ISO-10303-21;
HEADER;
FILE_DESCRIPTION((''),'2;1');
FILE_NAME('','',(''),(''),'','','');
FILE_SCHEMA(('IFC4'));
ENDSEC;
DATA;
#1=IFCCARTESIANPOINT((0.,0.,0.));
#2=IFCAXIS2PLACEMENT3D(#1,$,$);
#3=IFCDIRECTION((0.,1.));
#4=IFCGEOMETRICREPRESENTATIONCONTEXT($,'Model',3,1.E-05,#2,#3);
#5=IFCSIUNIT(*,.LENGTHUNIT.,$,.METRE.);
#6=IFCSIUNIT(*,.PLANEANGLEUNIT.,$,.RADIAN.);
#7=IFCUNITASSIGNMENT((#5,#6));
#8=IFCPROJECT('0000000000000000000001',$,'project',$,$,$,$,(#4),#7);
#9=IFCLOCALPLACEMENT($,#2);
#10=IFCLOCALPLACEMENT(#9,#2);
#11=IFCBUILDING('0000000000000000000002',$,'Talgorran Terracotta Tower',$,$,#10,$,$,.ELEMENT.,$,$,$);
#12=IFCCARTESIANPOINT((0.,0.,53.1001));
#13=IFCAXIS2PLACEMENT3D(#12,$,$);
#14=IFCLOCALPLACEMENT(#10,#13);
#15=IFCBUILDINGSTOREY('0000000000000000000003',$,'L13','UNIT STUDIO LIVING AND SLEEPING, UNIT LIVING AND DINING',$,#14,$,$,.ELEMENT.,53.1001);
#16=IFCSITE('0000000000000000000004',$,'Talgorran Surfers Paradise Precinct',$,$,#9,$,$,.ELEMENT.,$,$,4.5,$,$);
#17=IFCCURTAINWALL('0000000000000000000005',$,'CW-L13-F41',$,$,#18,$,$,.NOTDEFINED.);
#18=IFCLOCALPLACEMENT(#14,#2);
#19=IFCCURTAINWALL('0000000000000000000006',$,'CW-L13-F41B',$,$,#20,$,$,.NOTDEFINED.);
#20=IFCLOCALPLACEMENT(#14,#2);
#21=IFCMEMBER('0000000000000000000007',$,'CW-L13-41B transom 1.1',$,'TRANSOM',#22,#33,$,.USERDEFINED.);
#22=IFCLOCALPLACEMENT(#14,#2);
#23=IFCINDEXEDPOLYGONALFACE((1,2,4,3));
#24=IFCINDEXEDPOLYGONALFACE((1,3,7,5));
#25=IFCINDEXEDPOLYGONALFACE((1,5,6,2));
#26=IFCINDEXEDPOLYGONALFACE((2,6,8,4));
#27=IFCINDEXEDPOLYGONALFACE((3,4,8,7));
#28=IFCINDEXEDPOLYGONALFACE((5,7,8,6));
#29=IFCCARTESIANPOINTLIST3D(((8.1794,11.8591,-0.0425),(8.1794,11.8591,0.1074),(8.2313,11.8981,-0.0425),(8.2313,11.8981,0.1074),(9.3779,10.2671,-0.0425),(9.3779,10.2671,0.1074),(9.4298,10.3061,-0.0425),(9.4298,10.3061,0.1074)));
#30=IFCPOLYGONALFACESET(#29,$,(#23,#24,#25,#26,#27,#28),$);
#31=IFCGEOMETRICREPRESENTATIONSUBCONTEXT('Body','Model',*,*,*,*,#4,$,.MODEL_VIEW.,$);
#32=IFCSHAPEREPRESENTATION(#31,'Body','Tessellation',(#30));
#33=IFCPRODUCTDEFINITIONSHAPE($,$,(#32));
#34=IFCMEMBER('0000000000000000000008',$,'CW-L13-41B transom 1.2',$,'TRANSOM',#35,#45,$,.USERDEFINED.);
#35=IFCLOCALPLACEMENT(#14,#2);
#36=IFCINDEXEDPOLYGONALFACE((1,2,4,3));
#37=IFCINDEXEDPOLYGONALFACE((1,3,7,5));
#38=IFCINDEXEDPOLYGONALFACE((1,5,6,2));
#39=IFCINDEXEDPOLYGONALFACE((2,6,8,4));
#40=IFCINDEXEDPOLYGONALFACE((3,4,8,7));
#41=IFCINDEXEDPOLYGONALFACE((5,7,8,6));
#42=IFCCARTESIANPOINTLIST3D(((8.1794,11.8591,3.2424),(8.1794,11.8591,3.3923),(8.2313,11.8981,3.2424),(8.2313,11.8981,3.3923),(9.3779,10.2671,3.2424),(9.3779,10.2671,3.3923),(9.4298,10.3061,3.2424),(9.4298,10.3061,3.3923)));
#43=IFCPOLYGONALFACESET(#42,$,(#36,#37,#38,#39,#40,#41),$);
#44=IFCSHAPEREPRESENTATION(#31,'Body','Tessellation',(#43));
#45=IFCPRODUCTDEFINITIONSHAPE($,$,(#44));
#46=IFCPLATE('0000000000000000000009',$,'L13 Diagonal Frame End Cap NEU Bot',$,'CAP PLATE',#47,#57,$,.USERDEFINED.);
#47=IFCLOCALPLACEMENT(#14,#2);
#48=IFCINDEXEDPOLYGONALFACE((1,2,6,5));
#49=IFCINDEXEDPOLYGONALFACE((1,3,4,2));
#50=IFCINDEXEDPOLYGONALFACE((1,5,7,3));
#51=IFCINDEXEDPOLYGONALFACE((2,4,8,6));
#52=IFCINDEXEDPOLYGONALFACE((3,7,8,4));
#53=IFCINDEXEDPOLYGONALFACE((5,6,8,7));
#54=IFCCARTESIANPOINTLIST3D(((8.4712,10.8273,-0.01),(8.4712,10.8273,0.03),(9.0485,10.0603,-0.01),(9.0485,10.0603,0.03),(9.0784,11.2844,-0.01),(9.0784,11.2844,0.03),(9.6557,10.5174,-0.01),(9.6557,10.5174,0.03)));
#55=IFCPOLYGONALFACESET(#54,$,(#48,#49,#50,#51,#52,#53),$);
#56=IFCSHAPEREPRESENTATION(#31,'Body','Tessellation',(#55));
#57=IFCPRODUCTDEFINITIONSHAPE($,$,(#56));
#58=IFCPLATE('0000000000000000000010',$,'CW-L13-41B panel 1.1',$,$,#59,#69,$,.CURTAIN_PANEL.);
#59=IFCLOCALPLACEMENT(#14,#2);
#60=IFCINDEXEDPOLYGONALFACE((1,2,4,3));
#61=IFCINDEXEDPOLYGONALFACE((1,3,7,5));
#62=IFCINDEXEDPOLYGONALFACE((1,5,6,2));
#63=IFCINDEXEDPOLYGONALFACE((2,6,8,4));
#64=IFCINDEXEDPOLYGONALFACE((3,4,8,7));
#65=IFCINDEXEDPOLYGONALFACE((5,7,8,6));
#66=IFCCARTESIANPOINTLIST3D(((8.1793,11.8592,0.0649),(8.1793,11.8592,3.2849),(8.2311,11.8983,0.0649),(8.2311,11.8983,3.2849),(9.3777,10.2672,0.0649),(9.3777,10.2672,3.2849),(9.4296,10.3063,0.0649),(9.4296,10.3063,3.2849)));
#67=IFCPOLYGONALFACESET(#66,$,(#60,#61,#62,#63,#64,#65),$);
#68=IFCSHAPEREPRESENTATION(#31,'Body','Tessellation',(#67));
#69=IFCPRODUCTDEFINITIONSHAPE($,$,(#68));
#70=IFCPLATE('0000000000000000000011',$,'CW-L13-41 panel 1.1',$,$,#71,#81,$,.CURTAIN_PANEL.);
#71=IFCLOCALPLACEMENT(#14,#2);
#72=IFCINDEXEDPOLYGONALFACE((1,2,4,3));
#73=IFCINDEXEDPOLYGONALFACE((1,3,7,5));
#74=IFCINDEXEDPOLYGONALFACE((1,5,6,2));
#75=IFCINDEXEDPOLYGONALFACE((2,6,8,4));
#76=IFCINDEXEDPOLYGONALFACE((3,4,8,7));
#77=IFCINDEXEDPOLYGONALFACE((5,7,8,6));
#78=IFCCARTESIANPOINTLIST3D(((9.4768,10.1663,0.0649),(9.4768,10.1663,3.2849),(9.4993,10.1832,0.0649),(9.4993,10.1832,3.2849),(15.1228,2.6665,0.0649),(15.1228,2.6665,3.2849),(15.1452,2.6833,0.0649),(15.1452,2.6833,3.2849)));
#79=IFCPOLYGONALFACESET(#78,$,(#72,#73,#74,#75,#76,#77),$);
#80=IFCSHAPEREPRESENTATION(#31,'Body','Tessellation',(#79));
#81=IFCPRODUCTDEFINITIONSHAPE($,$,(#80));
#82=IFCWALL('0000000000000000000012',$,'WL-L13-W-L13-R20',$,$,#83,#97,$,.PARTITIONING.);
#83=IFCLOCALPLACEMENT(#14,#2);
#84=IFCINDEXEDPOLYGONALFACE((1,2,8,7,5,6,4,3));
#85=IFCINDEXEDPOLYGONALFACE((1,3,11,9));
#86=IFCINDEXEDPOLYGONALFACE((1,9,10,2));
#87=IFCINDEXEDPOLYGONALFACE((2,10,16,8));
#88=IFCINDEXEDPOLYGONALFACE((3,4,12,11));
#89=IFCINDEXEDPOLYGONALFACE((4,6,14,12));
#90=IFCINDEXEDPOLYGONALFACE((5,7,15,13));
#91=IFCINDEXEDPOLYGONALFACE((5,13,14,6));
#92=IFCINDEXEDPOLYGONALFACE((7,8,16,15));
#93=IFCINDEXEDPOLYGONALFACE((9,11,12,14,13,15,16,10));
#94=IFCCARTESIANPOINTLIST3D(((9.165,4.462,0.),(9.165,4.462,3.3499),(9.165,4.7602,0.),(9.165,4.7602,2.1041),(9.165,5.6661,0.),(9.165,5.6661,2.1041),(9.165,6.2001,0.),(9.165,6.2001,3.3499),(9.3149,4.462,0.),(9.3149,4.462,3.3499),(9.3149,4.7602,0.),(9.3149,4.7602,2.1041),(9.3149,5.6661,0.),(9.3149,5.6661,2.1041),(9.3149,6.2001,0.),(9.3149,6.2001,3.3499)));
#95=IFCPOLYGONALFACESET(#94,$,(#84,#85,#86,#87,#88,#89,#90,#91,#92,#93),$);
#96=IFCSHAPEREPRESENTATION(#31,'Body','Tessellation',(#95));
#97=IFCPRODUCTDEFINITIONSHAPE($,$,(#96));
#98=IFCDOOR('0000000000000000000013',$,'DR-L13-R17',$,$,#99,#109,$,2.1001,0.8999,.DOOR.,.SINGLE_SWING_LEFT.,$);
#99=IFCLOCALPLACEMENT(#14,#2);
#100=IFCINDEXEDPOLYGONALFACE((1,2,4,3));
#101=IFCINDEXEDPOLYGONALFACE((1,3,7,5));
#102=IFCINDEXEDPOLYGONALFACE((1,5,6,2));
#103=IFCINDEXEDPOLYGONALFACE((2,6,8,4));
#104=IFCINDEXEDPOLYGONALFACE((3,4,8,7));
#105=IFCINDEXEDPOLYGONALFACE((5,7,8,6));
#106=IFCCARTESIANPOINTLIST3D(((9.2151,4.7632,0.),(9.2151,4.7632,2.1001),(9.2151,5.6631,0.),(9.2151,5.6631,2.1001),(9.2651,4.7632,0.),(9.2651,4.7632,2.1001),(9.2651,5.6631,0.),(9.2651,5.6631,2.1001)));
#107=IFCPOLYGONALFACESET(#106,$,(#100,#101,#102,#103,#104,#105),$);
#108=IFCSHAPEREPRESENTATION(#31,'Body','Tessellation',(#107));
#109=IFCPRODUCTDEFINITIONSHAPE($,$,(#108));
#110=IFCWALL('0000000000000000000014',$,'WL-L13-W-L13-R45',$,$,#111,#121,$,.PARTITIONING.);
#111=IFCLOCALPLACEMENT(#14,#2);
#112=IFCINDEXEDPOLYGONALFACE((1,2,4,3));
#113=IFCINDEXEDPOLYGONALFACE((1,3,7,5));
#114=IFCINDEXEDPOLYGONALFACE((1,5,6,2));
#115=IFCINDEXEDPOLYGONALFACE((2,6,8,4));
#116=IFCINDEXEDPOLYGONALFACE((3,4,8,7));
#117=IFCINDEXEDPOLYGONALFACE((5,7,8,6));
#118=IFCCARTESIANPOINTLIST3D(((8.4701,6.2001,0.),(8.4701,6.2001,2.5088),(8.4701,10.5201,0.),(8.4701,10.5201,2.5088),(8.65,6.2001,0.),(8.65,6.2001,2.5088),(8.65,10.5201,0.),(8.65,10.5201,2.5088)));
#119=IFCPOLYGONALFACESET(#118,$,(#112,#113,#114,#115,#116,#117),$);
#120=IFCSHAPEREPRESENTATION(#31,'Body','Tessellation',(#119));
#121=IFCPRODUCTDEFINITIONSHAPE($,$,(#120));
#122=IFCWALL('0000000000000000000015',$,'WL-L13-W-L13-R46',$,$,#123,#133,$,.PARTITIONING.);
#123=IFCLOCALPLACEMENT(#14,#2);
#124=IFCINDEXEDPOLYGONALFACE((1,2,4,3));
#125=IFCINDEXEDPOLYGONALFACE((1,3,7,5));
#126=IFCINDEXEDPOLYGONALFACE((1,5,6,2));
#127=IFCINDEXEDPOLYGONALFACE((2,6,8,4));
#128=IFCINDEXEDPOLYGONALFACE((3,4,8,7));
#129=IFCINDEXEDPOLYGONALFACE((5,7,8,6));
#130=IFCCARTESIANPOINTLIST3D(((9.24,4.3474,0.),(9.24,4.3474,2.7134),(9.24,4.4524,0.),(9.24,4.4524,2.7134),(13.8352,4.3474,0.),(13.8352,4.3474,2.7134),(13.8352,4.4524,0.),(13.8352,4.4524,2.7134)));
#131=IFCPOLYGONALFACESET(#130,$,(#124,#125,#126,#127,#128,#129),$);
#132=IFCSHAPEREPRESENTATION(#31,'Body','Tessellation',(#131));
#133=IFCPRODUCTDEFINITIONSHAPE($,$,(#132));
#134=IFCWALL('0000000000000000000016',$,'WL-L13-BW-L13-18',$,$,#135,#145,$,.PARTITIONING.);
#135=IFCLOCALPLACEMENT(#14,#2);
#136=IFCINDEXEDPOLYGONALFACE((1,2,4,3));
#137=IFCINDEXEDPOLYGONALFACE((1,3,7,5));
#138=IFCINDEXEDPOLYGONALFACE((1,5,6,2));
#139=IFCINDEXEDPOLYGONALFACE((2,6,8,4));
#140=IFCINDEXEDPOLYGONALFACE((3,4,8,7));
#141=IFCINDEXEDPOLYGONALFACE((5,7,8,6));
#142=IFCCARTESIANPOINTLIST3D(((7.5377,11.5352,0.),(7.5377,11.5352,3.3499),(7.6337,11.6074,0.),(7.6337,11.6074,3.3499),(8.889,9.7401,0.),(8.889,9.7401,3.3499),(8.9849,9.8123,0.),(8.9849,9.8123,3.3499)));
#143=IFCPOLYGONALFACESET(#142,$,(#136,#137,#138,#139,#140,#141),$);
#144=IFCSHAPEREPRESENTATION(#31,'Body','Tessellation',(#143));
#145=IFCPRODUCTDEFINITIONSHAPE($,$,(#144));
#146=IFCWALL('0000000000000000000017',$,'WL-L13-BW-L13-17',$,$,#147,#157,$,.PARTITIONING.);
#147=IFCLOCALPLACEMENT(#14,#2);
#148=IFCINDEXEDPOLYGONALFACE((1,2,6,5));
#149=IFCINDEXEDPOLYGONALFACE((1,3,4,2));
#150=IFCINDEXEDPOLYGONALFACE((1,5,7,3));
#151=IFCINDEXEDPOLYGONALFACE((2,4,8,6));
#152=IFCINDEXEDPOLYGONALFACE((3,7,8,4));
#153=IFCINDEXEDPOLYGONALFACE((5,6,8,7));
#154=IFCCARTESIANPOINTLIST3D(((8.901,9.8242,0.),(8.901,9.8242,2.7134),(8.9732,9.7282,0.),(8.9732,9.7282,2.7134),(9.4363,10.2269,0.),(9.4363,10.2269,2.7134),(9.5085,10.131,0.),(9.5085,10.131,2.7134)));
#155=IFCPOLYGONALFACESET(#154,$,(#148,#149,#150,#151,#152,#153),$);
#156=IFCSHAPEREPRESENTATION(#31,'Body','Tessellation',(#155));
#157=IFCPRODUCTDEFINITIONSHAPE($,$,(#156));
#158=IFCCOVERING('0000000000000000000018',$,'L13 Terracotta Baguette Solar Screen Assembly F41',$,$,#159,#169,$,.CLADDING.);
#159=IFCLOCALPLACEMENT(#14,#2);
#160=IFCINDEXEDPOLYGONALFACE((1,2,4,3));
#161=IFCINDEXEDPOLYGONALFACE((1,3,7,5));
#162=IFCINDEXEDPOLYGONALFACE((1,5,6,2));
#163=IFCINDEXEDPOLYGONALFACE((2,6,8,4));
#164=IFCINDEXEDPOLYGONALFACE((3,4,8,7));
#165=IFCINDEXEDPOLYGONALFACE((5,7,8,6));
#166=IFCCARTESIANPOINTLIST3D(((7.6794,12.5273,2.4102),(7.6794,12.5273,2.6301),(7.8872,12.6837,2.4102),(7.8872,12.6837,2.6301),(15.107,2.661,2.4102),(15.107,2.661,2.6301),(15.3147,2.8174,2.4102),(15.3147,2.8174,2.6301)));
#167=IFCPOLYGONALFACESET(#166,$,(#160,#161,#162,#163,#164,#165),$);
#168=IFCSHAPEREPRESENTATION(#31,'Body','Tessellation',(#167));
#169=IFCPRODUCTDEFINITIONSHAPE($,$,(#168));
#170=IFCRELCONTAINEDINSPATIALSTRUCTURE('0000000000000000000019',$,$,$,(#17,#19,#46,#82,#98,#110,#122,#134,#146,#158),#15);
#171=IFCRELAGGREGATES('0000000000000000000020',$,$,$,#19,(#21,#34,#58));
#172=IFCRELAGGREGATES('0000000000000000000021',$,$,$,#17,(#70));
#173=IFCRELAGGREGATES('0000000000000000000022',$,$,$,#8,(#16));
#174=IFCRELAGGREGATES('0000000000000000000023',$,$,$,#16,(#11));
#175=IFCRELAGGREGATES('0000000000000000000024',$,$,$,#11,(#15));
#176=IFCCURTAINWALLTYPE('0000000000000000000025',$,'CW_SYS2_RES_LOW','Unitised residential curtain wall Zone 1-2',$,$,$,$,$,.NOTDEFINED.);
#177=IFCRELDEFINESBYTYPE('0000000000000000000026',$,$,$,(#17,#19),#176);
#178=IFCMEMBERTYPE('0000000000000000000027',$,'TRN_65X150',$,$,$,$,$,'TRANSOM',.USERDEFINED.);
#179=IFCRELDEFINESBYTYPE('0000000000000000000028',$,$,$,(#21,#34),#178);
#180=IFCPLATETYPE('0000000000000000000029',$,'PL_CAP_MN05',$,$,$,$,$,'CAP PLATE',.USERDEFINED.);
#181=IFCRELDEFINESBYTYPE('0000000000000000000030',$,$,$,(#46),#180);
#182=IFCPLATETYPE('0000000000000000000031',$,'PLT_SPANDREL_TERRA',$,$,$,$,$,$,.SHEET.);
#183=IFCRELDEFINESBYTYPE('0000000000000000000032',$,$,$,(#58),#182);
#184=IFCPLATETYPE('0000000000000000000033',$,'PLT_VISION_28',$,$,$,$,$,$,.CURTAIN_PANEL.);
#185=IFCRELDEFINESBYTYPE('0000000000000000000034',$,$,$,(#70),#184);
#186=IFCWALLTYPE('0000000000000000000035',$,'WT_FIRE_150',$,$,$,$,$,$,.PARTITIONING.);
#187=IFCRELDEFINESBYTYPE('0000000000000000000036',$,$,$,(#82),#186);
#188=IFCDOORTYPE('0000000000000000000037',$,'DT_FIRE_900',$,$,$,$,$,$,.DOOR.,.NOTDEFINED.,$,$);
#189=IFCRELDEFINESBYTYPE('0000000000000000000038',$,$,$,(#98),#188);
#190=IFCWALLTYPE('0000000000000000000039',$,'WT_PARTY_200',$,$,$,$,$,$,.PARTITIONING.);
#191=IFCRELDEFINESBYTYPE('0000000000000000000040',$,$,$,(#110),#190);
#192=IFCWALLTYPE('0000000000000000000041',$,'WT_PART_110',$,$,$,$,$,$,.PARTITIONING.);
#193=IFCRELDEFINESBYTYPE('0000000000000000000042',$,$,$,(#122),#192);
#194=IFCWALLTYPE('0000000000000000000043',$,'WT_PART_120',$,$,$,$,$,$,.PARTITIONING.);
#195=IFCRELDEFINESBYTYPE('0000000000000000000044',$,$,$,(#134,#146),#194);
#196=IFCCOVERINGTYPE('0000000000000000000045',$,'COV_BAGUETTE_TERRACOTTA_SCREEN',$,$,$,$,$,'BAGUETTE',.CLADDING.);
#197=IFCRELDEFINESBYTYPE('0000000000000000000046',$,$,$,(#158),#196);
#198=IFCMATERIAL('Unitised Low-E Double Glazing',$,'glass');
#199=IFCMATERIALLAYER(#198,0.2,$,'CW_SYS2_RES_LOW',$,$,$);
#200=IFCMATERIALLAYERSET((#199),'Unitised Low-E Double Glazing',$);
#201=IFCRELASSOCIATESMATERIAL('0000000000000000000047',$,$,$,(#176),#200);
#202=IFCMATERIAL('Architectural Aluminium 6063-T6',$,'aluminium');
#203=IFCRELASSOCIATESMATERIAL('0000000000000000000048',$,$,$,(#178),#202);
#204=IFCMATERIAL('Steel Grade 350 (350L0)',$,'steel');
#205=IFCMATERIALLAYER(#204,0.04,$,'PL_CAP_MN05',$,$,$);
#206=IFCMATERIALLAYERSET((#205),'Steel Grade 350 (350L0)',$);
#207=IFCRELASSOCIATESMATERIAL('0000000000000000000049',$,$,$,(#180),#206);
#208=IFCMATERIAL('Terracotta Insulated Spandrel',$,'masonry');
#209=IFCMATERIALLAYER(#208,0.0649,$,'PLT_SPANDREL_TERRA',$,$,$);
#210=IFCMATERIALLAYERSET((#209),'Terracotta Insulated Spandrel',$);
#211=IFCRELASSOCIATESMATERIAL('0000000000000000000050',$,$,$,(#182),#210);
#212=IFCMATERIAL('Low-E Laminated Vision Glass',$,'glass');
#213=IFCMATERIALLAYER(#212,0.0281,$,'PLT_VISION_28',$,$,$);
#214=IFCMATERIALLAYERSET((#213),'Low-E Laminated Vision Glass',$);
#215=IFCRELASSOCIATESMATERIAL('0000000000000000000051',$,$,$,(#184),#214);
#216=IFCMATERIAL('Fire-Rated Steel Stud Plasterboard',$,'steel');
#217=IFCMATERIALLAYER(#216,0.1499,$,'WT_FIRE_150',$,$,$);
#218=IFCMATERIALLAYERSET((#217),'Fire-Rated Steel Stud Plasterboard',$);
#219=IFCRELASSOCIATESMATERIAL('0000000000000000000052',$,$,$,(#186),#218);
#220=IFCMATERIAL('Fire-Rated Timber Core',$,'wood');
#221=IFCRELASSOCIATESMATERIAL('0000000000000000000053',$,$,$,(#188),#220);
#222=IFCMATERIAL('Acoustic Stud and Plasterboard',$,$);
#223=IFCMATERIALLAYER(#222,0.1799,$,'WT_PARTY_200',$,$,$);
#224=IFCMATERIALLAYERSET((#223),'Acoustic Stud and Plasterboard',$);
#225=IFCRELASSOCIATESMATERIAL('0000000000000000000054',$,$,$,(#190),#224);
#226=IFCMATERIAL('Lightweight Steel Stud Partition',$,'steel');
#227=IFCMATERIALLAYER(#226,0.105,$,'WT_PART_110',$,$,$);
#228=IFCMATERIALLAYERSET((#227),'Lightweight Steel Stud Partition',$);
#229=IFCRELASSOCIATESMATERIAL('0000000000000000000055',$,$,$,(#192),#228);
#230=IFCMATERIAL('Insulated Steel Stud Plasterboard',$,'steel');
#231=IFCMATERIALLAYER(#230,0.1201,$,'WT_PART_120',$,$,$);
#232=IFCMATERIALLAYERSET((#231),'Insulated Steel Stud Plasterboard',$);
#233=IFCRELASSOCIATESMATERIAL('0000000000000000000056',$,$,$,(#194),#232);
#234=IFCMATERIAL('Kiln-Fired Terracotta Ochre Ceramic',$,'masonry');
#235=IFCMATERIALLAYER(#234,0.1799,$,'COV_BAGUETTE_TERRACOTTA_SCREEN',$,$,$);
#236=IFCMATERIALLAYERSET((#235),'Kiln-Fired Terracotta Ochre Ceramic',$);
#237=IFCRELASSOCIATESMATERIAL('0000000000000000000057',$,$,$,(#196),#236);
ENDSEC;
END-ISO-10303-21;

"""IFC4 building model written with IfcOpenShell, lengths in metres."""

from ifc_helpers import new_model, si_unit, direction, frame, frame_2d, origin, origin_2d, place, context, subcontext, project, spatial, rectangle, extrude, source, transform, mapped, material, layer, layer_set, material_profile, profile_set, type_object, type_shapes, element, fill, aggregate, save


model = new_model("IFC4")

# Units and contexts
model_context = context("Model", 3, precision=1e-05, world=origin(), true_north=direction((0.0, 1.0)))
body_context = subcontext(model_context, "Body", "Model", "MODEL_VIEW")
ifc_project = project(units=[si_unit("LENGTHUNIT", "METRE"), si_unit("PLANEANGLEUNIT", "RADIAN")], contexts=[model_context])

# Site, building, storey
site_placement = place(None, origin())
site = spatial("IfcSite", under=ifc_project, at=site_placement, Name="Talgorran Surfers Paradise Precinct", CompositionType="ELEMENT", RefElevation=4.5)
building_placement = place(site_placement, origin())
building = spatial("IfcBuilding", under=site, at=building_placement, Name="Talgorran Terracotta Tower", CompositionType="ELEMENT")
storey_placement = place(building_placement, frame((0.0, 0.0, 53.1001)))
storey = spatial("IfcBuildingStorey", under=building, at=storey_placement, Name="L13", Description="UNIT STUDIO LIVING AND SLEEPING, UNIT LIVING AND DINING", CompositionType="ELEMENT", Elevation=53.1001)

# Shared definitions
ifc_material_1 = material(Name="Steel Grade 350 (350L0)", Category="steel")

# Curtain wall
ifc_material_2 = material(Name="Unitised Low-E Double Glazing", Category="glass")
ifc_layer_1 = layer(ifc_material_2, 0.2, Name="CW_SYS2_RES_LOW")
ifc_layer_set_1 = layer_set([ifc_layer_1], Name="Unitised Low-E Double Glazing")
curtain_wall_type = type_object("IfcCurtainWallType", Name="CW_SYS2_RES_LOW", Description="Unitised residential curtain wall Zone 1-2", PredefinedType="NOTDEFINED", material=ifc_layer_set_1)
curtain_wall_1_placement = place(storey_placement, origin())
curtain_wall_1 = element("IfcCurtainWall", 1, at=curtain_wall_1_placement, inside=storey, type_object=curtain_wall_type, Name="CW-L13-F41", PredefinedType="NOTDEFINED")
ifc_material_3 = material(Name="Architectural Aluminium 6063-T6", Category="aluminium")

# Curtain wall
curtain_wall_2_placement = place(storey_placement, origin())
curtain_wall_2 = element("IfcCurtainWall", 2, at=curtain_wall_2_placement, inside=storey, type_object=curtain_wall_type, Name="CW-L13-F41B", PredefinedType="NOTDEFINED")

# Members
ifc_material_profile_1 = material_profile(ifc_material_3, rectangle(XDim=0.0649, YDim=0.1499, at=origin_2d()), Name="CWT65X150")
ifc_profile_set_1 = profile_set([ifc_material_profile_1], Name="Architectural Aluminium 6063-T6")
member_type_1 = type_object("IfcMemberType", Name="TRN_65X150", ElementType="TRANSOM", PredefinedType="USERDEFINED", material=ifc_profile_set_1)
member_1_placement = place(storey_placement, frame((9.4038, 10.2866, 0.0325), z_axis=(-0.60143, 0.798925, 0.0), x_axis=(-0.798925, -0.60143, 0.0)))
member_1 = element("IfcMember", 3, at=member_1_placement, type_object=member_type_1, Name="CW-L13-41B transom 1.1", ObjectType="TRANSOM", PredefinedType="USERDEFINED", context=body_context, shape_type="SweptSolid", body=[
    extrude(rectangle(XDim=0.0649, YDim=0.1499, at=origin_2d()), origin(), (0.0, 0.0, 1.0), 1.9927),
])
member_2_placement = place(storey_placement, frame((9.4038, 10.2866, 3.3174), z_axis=(-0.60143, 0.798925, 0.0), x_axis=(-0.798925, -0.60143, 0.0)))
member_2 = element("IfcMember", 4, at=member_2_placement, type_object=member_type_1, Name="CW-L13-41B transom 1.2", ObjectType="TRANSOM", PredefinedType="USERDEFINED", context=body_context, shape_type="SweptSolid", body=[
    extrude(rectangle(XDim=0.0649, YDim=0.1499, at=origin_2d()), origin(), (0.0, 0.0, 1.0), 1.9927),
])

# Plates
ifc_layer_2 = layer(ifc_material_1, 0.04, Name="PL_CAP_MN05")
ifc_layer_set_2 = layer_set([ifc_layer_2], Name="Steel Grade 350 (350L0)")
plate_type_1 = type_object("IfcPlateType", Name="PL_CAP_MN05", ElementType="CAP PLATE", PredefinedType="USERDEFINED", material=ifc_layer_set_2)
plate_1_placement = place(storey_placement, frame((9.0635, 10.6724, -0.01), z_axis=(0.0, 0.0, 1.0), x_axis=(-0.601397, 0.798951, 0.0)))
element("IfcPlate", 5, at=plate_1_placement, inside=storey, type_object=plate_type_1, Name="L13 Diagonal Frame End Cap NEU Bot", ObjectType="CAP PLATE", PredefinedType="USERDEFINED", context=body_context, shape_type="SweptSolid", body=[
    extrude(rectangle(XDim=0.96, YDim=0.76, at=origin_2d()), origin(), (0.0, 0.0, 1.0), 0.04),
])
ifc_material_4 = material(Name="Terracotta Insulated Spandrel", Category="masonry")
ifc_layer_3 = layer(ifc_material_4, 0.0649, Name="PLT_SPANDREL_TERRA")
ifc_layer_set_3 = layer_set([ifc_layer_3], Name="Terracotta Insulated Spandrel")
plate_type_2 = type_object("IfcPlateType", Name="PLT_SPANDREL_TERRA", PredefinedType="SHEET", material=ifc_layer_set_3)
shared_shape_1 = source(origin(), body_context, "Body", "SweptSolid", [
    extrude(rectangle(XDim=1.9927, YDim=0.0649, at=origin_2d()), origin(), (0.0, 0.0, 1.0), 3.22),
])
type_shapes(plate_type_2, [shared_shape_1])
plate_2_placement = place(storey_placement, frame((8.8044, 11.0828, 0.0649), z_axis=(0.0, 0.0, 1.0), x_axis=(-0.601439, 0.798919, 0.0)))
plate_2 = element("IfcPlate", 6, at=plate_2_placement, type_object=plate_type_2, Name="CW-L13-41B panel 1.1", PredefinedType="CURTAIN_PANEL", context=body_context, shape_type="MappedRepresentation", body=[
    mapped(shared_shape_1, transform((0.0, 0.0, 0.0), scale=1.0)),
])
aggregate(curtain_wall_2, [member_1, member_2, plate_2])
ifc_material_5 = material(Name="Low-E Laminated Vision Glass", Category="glass")
ifc_layer_4 = layer(ifc_material_5, 0.0281, Name="PLT_VISION_28")
ifc_layer_set_4 = layer_set([ifc_layer_4], Name="Low-E Laminated Vision Glass")
plate_type_3 = type_object("IfcPlateType", Name="PLT_VISION_28", PredefinedType="CURTAIN_PANEL", material=ifc_layer_set_4)
shared_shape_2 = source(origin(), body_context, "Body", "SweptSolid", [
    extrude(rectangle(XDim=9.3875, YDim=0.0281, at=origin_2d()), origin(), (0.0, 0.0, 1.0), 3.22),
])
type_shapes(plate_type_3, [shared_shape_2])
plate_3_placement = place(storey_placement, frame((12.311, 6.4248, 0.0649), z_axis=(0.0, 0.0, 1.0), x_axis=(-0.601438, 0.798919, 0.0)))
plate_3 = element("IfcPlate", 7, at=plate_3_placement, type_object=plate_type_3, Name="CW-L13-41 panel 1.1", PredefinedType="CURTAIN_PANEL", context=body_context, shape_type="MappedRepresentation", body=[
    mapped(shared_shape_2, transform((0.0, 0.0, 0.0), scale=1.0)),
])
aggregate(curtain_wall_1, [plate_3])

# Wall, opening, door
ifc_material_6 = material(Name="Fire-Rated Steel Stud Plasterboard", Category="steel")
ifc_layer_5 = layer(ifc_material_6, 0.1499, Name="WT_FIRE_150")
ifc_layer_set_5 = layer_set([ifc_layer_5], Name="Fire-Rated Steel Stud Plasterboard")
wall_type_1 = type_object("IfcWallType", Name="WT_FIRE_150", PredefinedType="PARTITIONING", material=ifc_layer_set_5)
wall_1_placement = place(storey_placement, frame((9.24, 4.4619, 0.0), z_axis=(0.0, 0.0, 1.0), x_axis=(0.0, 1.0, 0.0)))
wall_1 = element("IfcWall", 8, at=wall_1_placement, inside=storey, type_object=wall_type_1, Name="WL-L13-W-L13-R20", PredefinedType="PARTITIONING", context=body_context, shape_type="SweptSolid", body=[
    extrude(rectangle(XDim=1.738, YDim=0.1499, at=frame_2d((0.8691, 0.0))), origin(), (0.0, 0.0, 1.0), 3.3499),
])
opening_placement = place(wall_1_placement, frame((0.3013, 0.0, 0.0)))
opening = element("IfcOpeningElement", 9, at=opening_placement, cuts=wall_1, PredefinedType="OPENING", context=body_context, shape_type="SweptSolid", body=[
    extrude(rectangle(XDim=0.9059, YDim=2.1041, at=frame_2d((0.45, 1.052))), frame((0.0, 0.085, 0.0), z_axis=(0.0, -1.0, 0.0), x_axis=(1.0, 0.0, 0.0)), (0.0, 0.0, 1.0), 0.1699),
])
ifc_material_7 = material(Name="Fire-Rated Timber Core", Category="wood")
door_type = type_object("IfcDoorType", Name="DT_FIRE_900", OperationType="NOTDEFINED", PredefinedType="DOOR", material=ifc_material_7)
door_placement = place(opening_placement, origin())
door = element("IfcDoor", 10, at=door_placement, inside=storey, type_object=door_type, Name="DR-L13-R17", OperationType="SINGLE_SWING_LEFT", OverallHeight=2.1001, OverallWidth=0.8999, PredefinedType="DOOR", context=body_context, shape_type="SweptSolid", body=[
    extrude(rectangle(XDim=0.8999, YDim=2.1001, at=frame_2d((0.45, 1.05))), frame((0.0, 0.0249, 0.0), z_axis=(0.0, -1.0, 0.0), x_axis=(1.0, 0.0, 0.0)), (0.0, 0.0, 1.0), 0.05),
])
fill(opening, door)

# Walls
ifc_material_8 = material(Name="Acoustic Stud and Plasterboard")
ifc_layer_6 = layer(ifc_material_8, 0.1799, Name="WT_PARTY_200")
ifc_layer_set_6 = layer_set([ifc_layer_6], Name="Acoustic Stud and Plasterboard")
wall_type_2 = type_object("IfcWallType", Name="WT_PARTY_200", PredefinedType="PARTITIONING", material=ifc_layer_set_6)
wall_2_placement = place(storey_placement, frame((8.5601, 6.2, 0.0), z_axis=(0.0, 0.0, 1.0), x_axis=(0.0, 1.0, 0.0)))
element("IfcWall", 11, at=wall_2_placement, inside=storey, type_object=wall_type_2, Name="WL-L13-W-L13-R45", PredefinedType="PARTITIONING", context=body_context, shape_type="SweptSolid", body=[
    extrude(rectangle(XDim=4.3201, YDim=0.1799, at=frame_2d((2.1602, 0.0))), origin(), (0.0, 0.0, 1.0), 2.5088),
])
ifc_material_9 = material(Name="Lightweight Steel Stud Partition", Category="steel")
ifc_layer_7 = layer(ifc_material_9, 0.105, Name="WT_PART_110")
ifc_layer_set_7 = layer_set([ifc_layer_7], Name="Lightweight Steel Stud Partition")
wall_type_3 = type_object("IfcWallType", Name="WT_PART_110", PredefinedType="PARTITIONING", material=ifc_layer_set_7)
wall_3_placement = place(storey_placement, frame((9.24, 4.3999, 0.0), z_axis=(0.0, 0.0, 1.0), x_axis=(1.0, 0.0, 0.0)))
element("IfcWall", 12, at=wall_3_placement, inside=storey, type_object=wall_type_3, Name="WL-L13-W-L13-R46", PredefinedType="PARTITIONING", context=body_context, shape_type="SweptSolid", body=[
    extrude(rectangle(XDim=4.5952, YDim=0.105, at=frame_2d((2.2976, 0.0))), origin(), (0.0, 0.0, 1.0), 2.7134),
])
ifc_material_10 = material(Name="Insulated Steel Stud Plasterboard", Category="steel")
ifc_layer_8 = layer(ifc_material_10, 0.1201, Name="WT_PART_120")
ifc_layer_set_8 = layer_set([ifc_layer_8], Name="Insulated Steel Stud Plasterboard")
wall_type_4 = type_object("IfcWallType", Name="WT_PART_120", PredefinedType="PARTITIONING", material=ifc_layer_set_8)
wall_4_placement = place(storey_placement, frame((8.937, 9.7761, 0.0), z_axis=(0.0, 0.0, 1.0), x_axis=(-0.601407, 0.798943, 0.0)))
element("IfcWall", 13, at=wall_4_placement, inside=storey, type_object=wall_type_4, Name="WL-L13-BW-L13-18", PredefinedType="PARTITIONING", context=body_context, shape_type="SweptSolid", body=[
    extrude(rectangle(XDim=2.2468, YDim=0.1201, at=frame_2d((1.1235, 0.0))), origin(), (0.0, 0.0, 1.0), 3.3499),
])
wall_5_placement = place(storey_placement, frame((9.4724, 10.179, 0.0), z_axis=(0.0, 0.0, 1.0), x_axis=(-0.799081, -0.601224, 0.0)))
element("IfcWall", 14, at=wall_5_placement, inside=storey, type_object=wall_type_4, Name="WL-L13-BW-L13-17", PredefinedType="PARTITIONING", context=body_context, shape_type="SweptSolid", body=[
    extrude(rectangle(XDim=0.6699, YDim=0.1201, at=frame_2d((0.335, 0.0))), origin(), (0.0, 0.0, 1.0), 2.7134),
])

# Covering
ifc_material_11 = material(Name="Kiln-Fired Terracotta Ochre Ceramic", Category="masonry")
ifc_layer_9 = layer(ifc_material_11, 0.1799, Name="COV_BAGUETTE_TERRACOTTA_SCREEN")
ifc_layer_set_9 = layer_set([ifc_layer_9], Name="Kiln-Fired Terracotta Ochre Ceramic")
covering_type_1 = type_object("IfcCoveringType", Name="COV_BAGUETTE_TERRACOTTA_SCREEN", ElementType="BAGUETTE", PredefinedType="CLADDING", material=ifc_layer_set_9)
covering_1_placement = place(storey_placement, frame((11.4971, 7.6724, 2.4102), z_axis=(0.0, 0.0, 1.0), x_axis=(-0.601439, 0.798919, 0.0)))
element("IfcCovering", 15, at=covering_1_placement, inside=storey, type_object=covering_type_1, Name="L13 Terracotta Baguette Solar Screen Assembly F41", PredefinedType="CLADDING", context=body_context, shape_type="SweptSolid", body=[
    extrude(rectangle(XDim=12.3496, YDim=0.26, at=origin_2d()), origin(), (0.0, 0.0, 1.0), 0.22),
])

save(model, "model.ifc")
